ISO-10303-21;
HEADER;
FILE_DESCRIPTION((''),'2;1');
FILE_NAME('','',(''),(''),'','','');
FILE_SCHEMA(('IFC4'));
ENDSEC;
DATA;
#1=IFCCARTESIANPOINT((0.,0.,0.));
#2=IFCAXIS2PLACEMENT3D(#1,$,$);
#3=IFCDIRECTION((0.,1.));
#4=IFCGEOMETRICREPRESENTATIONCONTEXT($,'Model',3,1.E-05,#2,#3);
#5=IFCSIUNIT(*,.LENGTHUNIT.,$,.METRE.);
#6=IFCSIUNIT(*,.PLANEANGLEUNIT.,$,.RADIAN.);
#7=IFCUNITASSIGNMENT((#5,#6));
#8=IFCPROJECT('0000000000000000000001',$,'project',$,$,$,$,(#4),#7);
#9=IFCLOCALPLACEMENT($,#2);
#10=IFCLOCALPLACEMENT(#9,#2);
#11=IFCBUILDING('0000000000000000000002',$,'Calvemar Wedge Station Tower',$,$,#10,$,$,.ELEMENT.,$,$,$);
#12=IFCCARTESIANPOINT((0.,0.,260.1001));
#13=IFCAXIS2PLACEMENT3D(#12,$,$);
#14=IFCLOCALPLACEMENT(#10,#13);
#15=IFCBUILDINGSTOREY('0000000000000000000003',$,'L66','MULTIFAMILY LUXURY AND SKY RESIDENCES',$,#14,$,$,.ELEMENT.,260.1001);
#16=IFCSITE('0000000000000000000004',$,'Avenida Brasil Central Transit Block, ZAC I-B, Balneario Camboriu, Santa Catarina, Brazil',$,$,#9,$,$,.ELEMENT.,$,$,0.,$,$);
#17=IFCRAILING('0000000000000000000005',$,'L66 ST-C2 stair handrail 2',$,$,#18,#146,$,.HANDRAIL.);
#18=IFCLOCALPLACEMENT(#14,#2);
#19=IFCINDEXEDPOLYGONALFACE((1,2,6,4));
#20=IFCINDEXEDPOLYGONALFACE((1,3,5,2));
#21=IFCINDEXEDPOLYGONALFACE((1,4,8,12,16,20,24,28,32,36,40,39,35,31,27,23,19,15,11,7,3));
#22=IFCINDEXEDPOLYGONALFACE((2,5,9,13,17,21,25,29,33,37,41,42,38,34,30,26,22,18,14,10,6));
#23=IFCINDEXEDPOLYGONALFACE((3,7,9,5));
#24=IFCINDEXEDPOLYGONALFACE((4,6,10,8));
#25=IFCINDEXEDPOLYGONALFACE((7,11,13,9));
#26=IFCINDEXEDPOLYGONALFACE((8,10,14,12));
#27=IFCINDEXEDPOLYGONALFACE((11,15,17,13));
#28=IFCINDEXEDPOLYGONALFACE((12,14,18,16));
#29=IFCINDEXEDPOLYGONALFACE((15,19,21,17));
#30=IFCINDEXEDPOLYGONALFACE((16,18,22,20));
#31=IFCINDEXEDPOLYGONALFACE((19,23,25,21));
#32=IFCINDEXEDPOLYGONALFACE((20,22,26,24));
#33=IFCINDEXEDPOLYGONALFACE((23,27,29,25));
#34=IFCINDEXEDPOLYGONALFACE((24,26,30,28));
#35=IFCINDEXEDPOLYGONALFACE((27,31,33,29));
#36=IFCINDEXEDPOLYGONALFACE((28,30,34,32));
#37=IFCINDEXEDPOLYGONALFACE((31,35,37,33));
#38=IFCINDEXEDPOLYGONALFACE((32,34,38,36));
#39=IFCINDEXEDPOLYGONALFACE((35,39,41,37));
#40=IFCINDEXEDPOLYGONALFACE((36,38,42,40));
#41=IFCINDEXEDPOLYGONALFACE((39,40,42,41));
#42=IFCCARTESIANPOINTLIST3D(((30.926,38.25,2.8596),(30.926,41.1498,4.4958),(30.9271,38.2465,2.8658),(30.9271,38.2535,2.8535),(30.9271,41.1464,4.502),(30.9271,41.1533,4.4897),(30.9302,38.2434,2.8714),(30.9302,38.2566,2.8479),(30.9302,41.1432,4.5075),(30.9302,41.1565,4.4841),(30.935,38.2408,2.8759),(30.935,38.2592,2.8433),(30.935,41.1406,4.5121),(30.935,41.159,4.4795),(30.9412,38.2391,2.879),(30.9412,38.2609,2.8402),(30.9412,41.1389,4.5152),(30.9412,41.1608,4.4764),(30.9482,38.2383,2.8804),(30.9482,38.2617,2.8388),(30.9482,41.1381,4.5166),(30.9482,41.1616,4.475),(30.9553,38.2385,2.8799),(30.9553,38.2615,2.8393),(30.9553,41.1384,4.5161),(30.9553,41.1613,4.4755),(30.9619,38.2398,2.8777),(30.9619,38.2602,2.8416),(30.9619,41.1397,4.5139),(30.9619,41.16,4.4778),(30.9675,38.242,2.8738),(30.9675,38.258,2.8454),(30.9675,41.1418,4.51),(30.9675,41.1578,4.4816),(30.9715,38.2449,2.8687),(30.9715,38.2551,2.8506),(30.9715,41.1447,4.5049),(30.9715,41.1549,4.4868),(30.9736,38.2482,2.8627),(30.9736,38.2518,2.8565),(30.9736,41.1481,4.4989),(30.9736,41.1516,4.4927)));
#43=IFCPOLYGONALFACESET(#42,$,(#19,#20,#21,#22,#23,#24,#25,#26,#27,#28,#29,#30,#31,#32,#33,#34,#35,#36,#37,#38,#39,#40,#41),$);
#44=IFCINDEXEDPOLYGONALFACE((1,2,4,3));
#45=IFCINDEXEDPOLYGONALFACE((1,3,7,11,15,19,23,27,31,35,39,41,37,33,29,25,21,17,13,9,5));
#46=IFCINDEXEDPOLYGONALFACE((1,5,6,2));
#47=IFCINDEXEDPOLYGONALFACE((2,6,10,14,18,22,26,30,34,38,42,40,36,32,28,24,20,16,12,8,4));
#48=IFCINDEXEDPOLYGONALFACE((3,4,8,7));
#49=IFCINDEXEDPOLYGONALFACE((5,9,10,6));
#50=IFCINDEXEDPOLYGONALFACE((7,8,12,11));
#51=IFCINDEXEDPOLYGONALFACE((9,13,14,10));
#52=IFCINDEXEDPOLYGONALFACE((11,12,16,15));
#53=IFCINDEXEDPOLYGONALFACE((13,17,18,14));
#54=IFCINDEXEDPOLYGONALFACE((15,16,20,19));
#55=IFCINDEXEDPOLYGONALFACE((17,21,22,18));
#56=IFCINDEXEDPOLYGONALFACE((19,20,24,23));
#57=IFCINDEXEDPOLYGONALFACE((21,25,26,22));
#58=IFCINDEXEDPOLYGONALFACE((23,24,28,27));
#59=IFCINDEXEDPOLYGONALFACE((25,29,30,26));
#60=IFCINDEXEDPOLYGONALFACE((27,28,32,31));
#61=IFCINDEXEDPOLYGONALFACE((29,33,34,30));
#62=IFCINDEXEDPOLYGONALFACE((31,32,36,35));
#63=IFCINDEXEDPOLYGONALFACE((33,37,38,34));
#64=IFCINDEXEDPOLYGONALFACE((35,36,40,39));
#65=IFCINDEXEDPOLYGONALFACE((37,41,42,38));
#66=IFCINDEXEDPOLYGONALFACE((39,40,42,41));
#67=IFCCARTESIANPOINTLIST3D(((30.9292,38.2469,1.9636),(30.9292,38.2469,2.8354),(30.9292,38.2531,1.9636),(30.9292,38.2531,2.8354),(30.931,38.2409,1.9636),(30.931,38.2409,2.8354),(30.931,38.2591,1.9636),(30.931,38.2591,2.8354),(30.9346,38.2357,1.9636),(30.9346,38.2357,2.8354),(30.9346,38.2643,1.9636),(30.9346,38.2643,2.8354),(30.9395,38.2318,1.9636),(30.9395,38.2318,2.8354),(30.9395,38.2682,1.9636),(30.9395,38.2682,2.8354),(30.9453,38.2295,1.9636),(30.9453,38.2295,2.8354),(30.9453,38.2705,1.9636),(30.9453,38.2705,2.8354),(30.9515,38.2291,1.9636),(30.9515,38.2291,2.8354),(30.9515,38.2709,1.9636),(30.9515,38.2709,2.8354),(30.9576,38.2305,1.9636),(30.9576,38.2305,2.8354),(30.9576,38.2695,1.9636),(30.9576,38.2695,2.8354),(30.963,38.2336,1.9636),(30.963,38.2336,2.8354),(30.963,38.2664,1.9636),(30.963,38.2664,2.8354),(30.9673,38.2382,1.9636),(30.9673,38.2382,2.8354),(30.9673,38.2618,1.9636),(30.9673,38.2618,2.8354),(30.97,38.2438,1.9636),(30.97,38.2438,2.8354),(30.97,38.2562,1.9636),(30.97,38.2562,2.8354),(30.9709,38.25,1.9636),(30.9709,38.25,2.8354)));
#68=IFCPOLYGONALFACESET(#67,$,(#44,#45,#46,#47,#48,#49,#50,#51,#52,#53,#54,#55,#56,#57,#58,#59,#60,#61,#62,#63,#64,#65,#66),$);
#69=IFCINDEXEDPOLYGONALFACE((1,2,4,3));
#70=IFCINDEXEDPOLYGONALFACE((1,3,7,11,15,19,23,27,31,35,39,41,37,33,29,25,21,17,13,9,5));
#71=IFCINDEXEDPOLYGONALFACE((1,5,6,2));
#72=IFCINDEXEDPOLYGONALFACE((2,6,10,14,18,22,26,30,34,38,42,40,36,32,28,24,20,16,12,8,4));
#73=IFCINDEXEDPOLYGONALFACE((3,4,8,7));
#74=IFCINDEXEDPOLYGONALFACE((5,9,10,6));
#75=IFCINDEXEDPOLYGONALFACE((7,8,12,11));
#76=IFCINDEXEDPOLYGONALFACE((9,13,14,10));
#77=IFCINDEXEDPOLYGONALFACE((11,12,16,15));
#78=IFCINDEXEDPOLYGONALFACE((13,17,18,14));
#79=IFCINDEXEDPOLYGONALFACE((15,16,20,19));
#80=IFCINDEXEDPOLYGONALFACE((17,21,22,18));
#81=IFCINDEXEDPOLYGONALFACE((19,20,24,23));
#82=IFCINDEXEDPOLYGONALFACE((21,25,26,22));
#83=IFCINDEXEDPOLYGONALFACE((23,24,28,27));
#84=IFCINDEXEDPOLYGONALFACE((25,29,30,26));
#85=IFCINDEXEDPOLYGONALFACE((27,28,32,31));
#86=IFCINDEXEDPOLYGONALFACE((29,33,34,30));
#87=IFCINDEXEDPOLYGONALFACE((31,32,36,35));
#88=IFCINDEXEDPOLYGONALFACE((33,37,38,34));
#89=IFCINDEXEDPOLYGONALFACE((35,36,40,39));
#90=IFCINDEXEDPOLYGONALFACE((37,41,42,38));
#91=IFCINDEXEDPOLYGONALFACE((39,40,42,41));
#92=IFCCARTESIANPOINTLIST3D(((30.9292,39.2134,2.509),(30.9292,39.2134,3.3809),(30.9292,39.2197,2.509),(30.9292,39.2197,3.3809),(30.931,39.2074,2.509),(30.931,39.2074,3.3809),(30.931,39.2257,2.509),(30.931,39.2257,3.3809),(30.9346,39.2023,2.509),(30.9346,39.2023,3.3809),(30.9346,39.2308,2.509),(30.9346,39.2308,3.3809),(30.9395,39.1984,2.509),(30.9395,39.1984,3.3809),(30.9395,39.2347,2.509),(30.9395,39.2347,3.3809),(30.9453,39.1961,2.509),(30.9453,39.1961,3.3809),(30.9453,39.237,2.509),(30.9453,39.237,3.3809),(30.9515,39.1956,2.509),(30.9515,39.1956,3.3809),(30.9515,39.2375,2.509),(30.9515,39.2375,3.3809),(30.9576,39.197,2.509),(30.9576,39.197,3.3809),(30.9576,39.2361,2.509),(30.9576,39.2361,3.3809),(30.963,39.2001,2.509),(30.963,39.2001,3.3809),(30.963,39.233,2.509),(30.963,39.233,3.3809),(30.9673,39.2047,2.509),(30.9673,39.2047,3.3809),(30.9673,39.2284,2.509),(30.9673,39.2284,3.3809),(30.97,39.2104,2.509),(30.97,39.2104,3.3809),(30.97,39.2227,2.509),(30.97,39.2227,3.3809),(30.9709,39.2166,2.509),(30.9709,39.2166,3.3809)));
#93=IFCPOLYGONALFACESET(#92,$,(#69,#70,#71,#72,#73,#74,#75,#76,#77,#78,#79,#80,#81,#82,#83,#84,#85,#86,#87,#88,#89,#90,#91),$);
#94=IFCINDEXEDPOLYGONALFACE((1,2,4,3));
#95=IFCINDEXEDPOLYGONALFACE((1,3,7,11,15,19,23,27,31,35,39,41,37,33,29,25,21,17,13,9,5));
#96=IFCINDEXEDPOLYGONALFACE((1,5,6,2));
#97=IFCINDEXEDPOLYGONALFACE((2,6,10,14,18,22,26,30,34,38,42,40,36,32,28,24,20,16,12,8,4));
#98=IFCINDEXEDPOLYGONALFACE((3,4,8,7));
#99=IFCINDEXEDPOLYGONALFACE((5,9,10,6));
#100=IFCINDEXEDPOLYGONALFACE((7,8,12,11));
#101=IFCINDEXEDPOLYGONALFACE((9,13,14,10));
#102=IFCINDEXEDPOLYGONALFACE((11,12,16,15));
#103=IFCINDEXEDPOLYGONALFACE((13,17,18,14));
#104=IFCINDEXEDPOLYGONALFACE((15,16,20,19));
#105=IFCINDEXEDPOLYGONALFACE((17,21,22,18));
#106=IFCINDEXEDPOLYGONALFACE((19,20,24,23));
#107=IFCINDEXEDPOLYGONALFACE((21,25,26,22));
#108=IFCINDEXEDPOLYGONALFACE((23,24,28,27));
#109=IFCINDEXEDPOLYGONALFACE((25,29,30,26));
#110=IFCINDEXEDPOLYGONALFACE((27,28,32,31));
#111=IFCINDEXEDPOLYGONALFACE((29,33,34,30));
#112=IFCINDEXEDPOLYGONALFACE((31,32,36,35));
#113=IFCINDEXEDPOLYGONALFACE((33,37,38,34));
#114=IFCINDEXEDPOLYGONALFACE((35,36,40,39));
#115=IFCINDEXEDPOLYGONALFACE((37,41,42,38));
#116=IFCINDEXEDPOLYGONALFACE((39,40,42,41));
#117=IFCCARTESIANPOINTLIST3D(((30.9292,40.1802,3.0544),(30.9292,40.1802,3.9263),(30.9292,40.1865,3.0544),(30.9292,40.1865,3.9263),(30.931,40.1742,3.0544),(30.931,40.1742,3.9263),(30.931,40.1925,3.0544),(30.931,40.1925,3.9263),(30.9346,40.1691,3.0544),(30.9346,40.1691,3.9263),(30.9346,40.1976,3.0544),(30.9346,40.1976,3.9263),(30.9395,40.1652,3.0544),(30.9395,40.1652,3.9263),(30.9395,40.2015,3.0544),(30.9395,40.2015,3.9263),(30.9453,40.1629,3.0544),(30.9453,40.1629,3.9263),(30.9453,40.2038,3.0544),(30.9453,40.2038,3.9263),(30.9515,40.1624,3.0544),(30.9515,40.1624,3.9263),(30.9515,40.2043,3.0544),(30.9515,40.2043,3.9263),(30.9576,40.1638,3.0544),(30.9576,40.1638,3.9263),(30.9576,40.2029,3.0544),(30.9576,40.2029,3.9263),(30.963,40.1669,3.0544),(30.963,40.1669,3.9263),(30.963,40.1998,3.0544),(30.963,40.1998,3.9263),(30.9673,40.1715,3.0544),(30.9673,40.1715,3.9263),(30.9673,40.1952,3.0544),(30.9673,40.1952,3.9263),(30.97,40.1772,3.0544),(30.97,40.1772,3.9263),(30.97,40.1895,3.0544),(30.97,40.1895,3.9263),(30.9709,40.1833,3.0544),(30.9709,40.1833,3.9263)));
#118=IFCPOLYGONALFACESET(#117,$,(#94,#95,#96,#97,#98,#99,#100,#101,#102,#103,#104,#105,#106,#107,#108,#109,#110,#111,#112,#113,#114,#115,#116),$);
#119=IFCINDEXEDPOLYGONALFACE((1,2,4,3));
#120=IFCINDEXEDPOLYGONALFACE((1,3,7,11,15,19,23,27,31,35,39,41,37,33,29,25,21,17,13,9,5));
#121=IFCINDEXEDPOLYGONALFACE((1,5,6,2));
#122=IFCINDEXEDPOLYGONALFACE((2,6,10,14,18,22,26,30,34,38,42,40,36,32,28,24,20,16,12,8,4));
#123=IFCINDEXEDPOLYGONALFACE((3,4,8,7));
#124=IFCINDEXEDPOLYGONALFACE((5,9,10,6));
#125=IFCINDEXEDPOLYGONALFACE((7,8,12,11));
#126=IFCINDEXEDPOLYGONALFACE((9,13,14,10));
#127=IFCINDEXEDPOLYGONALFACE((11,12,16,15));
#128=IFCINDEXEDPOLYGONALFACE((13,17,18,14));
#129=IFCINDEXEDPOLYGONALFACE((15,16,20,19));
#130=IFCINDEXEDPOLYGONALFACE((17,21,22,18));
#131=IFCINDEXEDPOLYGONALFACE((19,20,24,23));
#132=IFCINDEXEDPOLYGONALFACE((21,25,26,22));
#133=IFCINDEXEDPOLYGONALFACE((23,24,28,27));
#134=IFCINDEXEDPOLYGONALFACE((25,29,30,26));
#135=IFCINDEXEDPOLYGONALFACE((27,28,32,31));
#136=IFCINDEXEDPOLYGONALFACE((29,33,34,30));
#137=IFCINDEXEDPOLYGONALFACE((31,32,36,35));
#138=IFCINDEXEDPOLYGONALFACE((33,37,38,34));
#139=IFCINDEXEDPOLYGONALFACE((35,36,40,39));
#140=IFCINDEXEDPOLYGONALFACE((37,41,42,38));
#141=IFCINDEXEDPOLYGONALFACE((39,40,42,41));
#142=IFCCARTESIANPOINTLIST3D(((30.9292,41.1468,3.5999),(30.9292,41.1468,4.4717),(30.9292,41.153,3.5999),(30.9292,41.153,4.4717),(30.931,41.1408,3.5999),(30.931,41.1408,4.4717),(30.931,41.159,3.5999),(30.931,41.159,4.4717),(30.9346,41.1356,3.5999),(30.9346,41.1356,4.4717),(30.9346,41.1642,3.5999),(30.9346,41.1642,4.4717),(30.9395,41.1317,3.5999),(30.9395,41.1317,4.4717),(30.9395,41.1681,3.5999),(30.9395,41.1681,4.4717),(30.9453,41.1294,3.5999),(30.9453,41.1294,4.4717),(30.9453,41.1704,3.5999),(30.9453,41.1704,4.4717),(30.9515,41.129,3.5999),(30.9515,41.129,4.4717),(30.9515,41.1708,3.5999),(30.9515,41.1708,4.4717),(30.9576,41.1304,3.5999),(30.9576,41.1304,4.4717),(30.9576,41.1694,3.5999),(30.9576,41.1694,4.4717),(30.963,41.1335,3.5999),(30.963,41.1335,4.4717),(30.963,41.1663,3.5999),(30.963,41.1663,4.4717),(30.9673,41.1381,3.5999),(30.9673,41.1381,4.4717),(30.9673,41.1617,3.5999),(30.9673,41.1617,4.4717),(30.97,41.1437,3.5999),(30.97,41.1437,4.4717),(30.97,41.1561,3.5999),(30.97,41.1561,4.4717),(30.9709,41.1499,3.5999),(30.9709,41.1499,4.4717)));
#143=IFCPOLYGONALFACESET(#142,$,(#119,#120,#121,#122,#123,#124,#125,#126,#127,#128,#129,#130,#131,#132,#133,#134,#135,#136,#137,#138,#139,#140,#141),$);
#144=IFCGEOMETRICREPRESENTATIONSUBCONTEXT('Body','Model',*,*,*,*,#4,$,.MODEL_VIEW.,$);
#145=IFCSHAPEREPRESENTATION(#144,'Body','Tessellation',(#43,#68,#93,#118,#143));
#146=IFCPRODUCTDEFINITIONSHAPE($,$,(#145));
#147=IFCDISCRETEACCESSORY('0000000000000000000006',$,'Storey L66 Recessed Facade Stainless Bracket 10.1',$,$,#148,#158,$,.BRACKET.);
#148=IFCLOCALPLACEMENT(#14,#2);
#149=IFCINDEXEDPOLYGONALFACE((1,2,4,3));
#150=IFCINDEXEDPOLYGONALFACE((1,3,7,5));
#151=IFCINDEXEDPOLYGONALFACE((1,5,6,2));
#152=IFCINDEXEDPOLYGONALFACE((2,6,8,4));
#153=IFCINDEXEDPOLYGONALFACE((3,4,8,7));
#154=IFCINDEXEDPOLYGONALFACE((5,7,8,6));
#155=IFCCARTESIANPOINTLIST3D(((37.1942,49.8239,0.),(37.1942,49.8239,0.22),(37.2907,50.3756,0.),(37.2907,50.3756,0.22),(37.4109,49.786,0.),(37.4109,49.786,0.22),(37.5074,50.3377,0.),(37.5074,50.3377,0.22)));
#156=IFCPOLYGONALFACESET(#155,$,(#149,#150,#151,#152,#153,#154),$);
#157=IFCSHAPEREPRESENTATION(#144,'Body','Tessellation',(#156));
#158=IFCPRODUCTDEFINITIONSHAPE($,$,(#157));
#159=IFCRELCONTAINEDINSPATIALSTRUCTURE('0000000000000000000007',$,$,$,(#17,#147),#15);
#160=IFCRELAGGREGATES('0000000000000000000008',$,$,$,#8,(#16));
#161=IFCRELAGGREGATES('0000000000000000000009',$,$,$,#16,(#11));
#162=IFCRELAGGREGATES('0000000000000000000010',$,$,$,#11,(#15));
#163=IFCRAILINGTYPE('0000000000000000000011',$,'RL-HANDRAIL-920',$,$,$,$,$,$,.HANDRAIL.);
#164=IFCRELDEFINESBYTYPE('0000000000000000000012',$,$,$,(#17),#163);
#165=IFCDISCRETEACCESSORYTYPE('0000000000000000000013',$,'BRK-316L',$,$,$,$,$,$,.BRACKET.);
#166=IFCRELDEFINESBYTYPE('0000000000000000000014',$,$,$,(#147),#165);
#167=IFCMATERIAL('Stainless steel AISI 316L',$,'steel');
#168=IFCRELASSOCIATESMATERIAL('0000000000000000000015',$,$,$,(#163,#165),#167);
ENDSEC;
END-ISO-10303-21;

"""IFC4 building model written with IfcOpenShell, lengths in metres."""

from ifc_helpers import new_model, si_unit, direction, frame, origin, origin_2d, place, context, subcontext, project, spatial, rectangle, circle, extrude, source, transform, mapped, material, type_object, element, save


model = new_model("IFC4")

# Units and contexts
model_context = context("Model", 3, precision=1e-05, world=origin(), true_north=direction((0.0, 1.0)))
body_context = subcontext(model_context, "Body", "Model", "MODEL_VIEW")
ifc_project = project(units=[si_unit("LENGTHUNIT", "METRE"), si_unit("PLANEANGLEUNIT", "RADIAN")], contexts=[model_context])

# Site, building, storey
site_placement = place(None, origin())
site = spatial("IfcSite", under=ifc_project, at=site_placement, Name="Avenida Brasil Central Transit Block, ZAC I-B, Balneario Camboriu, Santa Catarina, Brazil", CompositionType="ELEMENT", RefElevation=0.0)
building_placement = place(site_placement, origin())
building = spatial("IfcBuilding", under=site, at=building_placement, Name="Calvemar Wedge Station Tower", CompositionType="ELEMENT")
storey_placement = place(building_placement, frame((0.0, 0.0, 260.1001)))
storey = spatial("IfcBuildingStorey", under=building, at=storey_placement, Name="L66", Description="MULTIFAMILY LUXURY AND SKY RESIDENCES", CompositionType="ELEMENT", Elevation=260.1001)

# Railing
ifc_material_1 = material(Name="Stainless steel AISI 316L", Category="steel")
railing_type = type_object("IfcRailingType", Name="RL-HANDRAIL-920", PredefinedType="HANDRAIL", material=ifc_material_1)
railing_placement = place(storey_placement, frame((30.95, 38.25, 1.9636)))
element("IfcRailing", 1, at=railing_placement, inside=storey, type_object=railing_type, Name="L66 ST-C2 stair handrail 2", PredefinedType="HANDRAIL", context=body_context, shape_type="SweptSolid", body=[
    extrude(circle(Radius=0.0239, at=origin_2d()), frame((0.0, 0.0, 0.896), z_axis=(0.0, 0.870929, 0.49141), x_axis=(-1.0, 0.0, 0.0)), (0.0, 0.0, 1.0), 3.3296),
    extrude(circle(Radius=0.021, at=origin_2d()), origin(), (0.0, 0.0, 1.0), 0.8718),
    extrude(circle(Radius=0.021, at=origin_2d()), frame((0.0, 0.9666, 0.5454)), (0.0, 0.0, 1.0), 0.8718),
    extrude(circle(Radius=0.021, at=origin_2d()), frame((0.0, 1.9333, 1.0908)), (0.0, 0.0, 1.0), 0.8718),
    extrude(circle(Radius=0.021, at=origin_2d()), frame((0.0, 2.8999, 1.6362)), (0.0, 0.0, 1.0), 0.8718),
])

# Discrete accessory
discrete_accessory_type = type_object("IfcDiscreteAccessoryType", Name="BRK-316L", PredefinedType="BRACKET", material=ifc_material_1)
shared_shape_1 = source(origin(), body_context, "Body", "SweptSolid", [
    extrude(rectangle(XDim=0.22, YDim=0.5601, at=origin_2d()), origin(), (0.0, 0.0, 1.0), 0.22),
])
discrete_accessory_placement = place(storey_placement, frame((37.3508, 50.0808, 0.0), z_axis=(0.0, 0.0, 1.0), x_axis=(-0.985049, 0.172273, 0.0)))
element("IfcDiscreteAccessory", 2, at=discrete_accessory_placement, inside=storey, type_object=discrete_accessory_type, Name="Storey L66 Recessed Facade Stainless Bracket 10.1", PredefinedType="BRACKET", context=body_context, shape_type="MappedRepresentation", body=[
    mapped(shared_shape_1, transform((0.0, 0.0, 0.0), scale=1.0)),
])

save(model, "model.ifc")
